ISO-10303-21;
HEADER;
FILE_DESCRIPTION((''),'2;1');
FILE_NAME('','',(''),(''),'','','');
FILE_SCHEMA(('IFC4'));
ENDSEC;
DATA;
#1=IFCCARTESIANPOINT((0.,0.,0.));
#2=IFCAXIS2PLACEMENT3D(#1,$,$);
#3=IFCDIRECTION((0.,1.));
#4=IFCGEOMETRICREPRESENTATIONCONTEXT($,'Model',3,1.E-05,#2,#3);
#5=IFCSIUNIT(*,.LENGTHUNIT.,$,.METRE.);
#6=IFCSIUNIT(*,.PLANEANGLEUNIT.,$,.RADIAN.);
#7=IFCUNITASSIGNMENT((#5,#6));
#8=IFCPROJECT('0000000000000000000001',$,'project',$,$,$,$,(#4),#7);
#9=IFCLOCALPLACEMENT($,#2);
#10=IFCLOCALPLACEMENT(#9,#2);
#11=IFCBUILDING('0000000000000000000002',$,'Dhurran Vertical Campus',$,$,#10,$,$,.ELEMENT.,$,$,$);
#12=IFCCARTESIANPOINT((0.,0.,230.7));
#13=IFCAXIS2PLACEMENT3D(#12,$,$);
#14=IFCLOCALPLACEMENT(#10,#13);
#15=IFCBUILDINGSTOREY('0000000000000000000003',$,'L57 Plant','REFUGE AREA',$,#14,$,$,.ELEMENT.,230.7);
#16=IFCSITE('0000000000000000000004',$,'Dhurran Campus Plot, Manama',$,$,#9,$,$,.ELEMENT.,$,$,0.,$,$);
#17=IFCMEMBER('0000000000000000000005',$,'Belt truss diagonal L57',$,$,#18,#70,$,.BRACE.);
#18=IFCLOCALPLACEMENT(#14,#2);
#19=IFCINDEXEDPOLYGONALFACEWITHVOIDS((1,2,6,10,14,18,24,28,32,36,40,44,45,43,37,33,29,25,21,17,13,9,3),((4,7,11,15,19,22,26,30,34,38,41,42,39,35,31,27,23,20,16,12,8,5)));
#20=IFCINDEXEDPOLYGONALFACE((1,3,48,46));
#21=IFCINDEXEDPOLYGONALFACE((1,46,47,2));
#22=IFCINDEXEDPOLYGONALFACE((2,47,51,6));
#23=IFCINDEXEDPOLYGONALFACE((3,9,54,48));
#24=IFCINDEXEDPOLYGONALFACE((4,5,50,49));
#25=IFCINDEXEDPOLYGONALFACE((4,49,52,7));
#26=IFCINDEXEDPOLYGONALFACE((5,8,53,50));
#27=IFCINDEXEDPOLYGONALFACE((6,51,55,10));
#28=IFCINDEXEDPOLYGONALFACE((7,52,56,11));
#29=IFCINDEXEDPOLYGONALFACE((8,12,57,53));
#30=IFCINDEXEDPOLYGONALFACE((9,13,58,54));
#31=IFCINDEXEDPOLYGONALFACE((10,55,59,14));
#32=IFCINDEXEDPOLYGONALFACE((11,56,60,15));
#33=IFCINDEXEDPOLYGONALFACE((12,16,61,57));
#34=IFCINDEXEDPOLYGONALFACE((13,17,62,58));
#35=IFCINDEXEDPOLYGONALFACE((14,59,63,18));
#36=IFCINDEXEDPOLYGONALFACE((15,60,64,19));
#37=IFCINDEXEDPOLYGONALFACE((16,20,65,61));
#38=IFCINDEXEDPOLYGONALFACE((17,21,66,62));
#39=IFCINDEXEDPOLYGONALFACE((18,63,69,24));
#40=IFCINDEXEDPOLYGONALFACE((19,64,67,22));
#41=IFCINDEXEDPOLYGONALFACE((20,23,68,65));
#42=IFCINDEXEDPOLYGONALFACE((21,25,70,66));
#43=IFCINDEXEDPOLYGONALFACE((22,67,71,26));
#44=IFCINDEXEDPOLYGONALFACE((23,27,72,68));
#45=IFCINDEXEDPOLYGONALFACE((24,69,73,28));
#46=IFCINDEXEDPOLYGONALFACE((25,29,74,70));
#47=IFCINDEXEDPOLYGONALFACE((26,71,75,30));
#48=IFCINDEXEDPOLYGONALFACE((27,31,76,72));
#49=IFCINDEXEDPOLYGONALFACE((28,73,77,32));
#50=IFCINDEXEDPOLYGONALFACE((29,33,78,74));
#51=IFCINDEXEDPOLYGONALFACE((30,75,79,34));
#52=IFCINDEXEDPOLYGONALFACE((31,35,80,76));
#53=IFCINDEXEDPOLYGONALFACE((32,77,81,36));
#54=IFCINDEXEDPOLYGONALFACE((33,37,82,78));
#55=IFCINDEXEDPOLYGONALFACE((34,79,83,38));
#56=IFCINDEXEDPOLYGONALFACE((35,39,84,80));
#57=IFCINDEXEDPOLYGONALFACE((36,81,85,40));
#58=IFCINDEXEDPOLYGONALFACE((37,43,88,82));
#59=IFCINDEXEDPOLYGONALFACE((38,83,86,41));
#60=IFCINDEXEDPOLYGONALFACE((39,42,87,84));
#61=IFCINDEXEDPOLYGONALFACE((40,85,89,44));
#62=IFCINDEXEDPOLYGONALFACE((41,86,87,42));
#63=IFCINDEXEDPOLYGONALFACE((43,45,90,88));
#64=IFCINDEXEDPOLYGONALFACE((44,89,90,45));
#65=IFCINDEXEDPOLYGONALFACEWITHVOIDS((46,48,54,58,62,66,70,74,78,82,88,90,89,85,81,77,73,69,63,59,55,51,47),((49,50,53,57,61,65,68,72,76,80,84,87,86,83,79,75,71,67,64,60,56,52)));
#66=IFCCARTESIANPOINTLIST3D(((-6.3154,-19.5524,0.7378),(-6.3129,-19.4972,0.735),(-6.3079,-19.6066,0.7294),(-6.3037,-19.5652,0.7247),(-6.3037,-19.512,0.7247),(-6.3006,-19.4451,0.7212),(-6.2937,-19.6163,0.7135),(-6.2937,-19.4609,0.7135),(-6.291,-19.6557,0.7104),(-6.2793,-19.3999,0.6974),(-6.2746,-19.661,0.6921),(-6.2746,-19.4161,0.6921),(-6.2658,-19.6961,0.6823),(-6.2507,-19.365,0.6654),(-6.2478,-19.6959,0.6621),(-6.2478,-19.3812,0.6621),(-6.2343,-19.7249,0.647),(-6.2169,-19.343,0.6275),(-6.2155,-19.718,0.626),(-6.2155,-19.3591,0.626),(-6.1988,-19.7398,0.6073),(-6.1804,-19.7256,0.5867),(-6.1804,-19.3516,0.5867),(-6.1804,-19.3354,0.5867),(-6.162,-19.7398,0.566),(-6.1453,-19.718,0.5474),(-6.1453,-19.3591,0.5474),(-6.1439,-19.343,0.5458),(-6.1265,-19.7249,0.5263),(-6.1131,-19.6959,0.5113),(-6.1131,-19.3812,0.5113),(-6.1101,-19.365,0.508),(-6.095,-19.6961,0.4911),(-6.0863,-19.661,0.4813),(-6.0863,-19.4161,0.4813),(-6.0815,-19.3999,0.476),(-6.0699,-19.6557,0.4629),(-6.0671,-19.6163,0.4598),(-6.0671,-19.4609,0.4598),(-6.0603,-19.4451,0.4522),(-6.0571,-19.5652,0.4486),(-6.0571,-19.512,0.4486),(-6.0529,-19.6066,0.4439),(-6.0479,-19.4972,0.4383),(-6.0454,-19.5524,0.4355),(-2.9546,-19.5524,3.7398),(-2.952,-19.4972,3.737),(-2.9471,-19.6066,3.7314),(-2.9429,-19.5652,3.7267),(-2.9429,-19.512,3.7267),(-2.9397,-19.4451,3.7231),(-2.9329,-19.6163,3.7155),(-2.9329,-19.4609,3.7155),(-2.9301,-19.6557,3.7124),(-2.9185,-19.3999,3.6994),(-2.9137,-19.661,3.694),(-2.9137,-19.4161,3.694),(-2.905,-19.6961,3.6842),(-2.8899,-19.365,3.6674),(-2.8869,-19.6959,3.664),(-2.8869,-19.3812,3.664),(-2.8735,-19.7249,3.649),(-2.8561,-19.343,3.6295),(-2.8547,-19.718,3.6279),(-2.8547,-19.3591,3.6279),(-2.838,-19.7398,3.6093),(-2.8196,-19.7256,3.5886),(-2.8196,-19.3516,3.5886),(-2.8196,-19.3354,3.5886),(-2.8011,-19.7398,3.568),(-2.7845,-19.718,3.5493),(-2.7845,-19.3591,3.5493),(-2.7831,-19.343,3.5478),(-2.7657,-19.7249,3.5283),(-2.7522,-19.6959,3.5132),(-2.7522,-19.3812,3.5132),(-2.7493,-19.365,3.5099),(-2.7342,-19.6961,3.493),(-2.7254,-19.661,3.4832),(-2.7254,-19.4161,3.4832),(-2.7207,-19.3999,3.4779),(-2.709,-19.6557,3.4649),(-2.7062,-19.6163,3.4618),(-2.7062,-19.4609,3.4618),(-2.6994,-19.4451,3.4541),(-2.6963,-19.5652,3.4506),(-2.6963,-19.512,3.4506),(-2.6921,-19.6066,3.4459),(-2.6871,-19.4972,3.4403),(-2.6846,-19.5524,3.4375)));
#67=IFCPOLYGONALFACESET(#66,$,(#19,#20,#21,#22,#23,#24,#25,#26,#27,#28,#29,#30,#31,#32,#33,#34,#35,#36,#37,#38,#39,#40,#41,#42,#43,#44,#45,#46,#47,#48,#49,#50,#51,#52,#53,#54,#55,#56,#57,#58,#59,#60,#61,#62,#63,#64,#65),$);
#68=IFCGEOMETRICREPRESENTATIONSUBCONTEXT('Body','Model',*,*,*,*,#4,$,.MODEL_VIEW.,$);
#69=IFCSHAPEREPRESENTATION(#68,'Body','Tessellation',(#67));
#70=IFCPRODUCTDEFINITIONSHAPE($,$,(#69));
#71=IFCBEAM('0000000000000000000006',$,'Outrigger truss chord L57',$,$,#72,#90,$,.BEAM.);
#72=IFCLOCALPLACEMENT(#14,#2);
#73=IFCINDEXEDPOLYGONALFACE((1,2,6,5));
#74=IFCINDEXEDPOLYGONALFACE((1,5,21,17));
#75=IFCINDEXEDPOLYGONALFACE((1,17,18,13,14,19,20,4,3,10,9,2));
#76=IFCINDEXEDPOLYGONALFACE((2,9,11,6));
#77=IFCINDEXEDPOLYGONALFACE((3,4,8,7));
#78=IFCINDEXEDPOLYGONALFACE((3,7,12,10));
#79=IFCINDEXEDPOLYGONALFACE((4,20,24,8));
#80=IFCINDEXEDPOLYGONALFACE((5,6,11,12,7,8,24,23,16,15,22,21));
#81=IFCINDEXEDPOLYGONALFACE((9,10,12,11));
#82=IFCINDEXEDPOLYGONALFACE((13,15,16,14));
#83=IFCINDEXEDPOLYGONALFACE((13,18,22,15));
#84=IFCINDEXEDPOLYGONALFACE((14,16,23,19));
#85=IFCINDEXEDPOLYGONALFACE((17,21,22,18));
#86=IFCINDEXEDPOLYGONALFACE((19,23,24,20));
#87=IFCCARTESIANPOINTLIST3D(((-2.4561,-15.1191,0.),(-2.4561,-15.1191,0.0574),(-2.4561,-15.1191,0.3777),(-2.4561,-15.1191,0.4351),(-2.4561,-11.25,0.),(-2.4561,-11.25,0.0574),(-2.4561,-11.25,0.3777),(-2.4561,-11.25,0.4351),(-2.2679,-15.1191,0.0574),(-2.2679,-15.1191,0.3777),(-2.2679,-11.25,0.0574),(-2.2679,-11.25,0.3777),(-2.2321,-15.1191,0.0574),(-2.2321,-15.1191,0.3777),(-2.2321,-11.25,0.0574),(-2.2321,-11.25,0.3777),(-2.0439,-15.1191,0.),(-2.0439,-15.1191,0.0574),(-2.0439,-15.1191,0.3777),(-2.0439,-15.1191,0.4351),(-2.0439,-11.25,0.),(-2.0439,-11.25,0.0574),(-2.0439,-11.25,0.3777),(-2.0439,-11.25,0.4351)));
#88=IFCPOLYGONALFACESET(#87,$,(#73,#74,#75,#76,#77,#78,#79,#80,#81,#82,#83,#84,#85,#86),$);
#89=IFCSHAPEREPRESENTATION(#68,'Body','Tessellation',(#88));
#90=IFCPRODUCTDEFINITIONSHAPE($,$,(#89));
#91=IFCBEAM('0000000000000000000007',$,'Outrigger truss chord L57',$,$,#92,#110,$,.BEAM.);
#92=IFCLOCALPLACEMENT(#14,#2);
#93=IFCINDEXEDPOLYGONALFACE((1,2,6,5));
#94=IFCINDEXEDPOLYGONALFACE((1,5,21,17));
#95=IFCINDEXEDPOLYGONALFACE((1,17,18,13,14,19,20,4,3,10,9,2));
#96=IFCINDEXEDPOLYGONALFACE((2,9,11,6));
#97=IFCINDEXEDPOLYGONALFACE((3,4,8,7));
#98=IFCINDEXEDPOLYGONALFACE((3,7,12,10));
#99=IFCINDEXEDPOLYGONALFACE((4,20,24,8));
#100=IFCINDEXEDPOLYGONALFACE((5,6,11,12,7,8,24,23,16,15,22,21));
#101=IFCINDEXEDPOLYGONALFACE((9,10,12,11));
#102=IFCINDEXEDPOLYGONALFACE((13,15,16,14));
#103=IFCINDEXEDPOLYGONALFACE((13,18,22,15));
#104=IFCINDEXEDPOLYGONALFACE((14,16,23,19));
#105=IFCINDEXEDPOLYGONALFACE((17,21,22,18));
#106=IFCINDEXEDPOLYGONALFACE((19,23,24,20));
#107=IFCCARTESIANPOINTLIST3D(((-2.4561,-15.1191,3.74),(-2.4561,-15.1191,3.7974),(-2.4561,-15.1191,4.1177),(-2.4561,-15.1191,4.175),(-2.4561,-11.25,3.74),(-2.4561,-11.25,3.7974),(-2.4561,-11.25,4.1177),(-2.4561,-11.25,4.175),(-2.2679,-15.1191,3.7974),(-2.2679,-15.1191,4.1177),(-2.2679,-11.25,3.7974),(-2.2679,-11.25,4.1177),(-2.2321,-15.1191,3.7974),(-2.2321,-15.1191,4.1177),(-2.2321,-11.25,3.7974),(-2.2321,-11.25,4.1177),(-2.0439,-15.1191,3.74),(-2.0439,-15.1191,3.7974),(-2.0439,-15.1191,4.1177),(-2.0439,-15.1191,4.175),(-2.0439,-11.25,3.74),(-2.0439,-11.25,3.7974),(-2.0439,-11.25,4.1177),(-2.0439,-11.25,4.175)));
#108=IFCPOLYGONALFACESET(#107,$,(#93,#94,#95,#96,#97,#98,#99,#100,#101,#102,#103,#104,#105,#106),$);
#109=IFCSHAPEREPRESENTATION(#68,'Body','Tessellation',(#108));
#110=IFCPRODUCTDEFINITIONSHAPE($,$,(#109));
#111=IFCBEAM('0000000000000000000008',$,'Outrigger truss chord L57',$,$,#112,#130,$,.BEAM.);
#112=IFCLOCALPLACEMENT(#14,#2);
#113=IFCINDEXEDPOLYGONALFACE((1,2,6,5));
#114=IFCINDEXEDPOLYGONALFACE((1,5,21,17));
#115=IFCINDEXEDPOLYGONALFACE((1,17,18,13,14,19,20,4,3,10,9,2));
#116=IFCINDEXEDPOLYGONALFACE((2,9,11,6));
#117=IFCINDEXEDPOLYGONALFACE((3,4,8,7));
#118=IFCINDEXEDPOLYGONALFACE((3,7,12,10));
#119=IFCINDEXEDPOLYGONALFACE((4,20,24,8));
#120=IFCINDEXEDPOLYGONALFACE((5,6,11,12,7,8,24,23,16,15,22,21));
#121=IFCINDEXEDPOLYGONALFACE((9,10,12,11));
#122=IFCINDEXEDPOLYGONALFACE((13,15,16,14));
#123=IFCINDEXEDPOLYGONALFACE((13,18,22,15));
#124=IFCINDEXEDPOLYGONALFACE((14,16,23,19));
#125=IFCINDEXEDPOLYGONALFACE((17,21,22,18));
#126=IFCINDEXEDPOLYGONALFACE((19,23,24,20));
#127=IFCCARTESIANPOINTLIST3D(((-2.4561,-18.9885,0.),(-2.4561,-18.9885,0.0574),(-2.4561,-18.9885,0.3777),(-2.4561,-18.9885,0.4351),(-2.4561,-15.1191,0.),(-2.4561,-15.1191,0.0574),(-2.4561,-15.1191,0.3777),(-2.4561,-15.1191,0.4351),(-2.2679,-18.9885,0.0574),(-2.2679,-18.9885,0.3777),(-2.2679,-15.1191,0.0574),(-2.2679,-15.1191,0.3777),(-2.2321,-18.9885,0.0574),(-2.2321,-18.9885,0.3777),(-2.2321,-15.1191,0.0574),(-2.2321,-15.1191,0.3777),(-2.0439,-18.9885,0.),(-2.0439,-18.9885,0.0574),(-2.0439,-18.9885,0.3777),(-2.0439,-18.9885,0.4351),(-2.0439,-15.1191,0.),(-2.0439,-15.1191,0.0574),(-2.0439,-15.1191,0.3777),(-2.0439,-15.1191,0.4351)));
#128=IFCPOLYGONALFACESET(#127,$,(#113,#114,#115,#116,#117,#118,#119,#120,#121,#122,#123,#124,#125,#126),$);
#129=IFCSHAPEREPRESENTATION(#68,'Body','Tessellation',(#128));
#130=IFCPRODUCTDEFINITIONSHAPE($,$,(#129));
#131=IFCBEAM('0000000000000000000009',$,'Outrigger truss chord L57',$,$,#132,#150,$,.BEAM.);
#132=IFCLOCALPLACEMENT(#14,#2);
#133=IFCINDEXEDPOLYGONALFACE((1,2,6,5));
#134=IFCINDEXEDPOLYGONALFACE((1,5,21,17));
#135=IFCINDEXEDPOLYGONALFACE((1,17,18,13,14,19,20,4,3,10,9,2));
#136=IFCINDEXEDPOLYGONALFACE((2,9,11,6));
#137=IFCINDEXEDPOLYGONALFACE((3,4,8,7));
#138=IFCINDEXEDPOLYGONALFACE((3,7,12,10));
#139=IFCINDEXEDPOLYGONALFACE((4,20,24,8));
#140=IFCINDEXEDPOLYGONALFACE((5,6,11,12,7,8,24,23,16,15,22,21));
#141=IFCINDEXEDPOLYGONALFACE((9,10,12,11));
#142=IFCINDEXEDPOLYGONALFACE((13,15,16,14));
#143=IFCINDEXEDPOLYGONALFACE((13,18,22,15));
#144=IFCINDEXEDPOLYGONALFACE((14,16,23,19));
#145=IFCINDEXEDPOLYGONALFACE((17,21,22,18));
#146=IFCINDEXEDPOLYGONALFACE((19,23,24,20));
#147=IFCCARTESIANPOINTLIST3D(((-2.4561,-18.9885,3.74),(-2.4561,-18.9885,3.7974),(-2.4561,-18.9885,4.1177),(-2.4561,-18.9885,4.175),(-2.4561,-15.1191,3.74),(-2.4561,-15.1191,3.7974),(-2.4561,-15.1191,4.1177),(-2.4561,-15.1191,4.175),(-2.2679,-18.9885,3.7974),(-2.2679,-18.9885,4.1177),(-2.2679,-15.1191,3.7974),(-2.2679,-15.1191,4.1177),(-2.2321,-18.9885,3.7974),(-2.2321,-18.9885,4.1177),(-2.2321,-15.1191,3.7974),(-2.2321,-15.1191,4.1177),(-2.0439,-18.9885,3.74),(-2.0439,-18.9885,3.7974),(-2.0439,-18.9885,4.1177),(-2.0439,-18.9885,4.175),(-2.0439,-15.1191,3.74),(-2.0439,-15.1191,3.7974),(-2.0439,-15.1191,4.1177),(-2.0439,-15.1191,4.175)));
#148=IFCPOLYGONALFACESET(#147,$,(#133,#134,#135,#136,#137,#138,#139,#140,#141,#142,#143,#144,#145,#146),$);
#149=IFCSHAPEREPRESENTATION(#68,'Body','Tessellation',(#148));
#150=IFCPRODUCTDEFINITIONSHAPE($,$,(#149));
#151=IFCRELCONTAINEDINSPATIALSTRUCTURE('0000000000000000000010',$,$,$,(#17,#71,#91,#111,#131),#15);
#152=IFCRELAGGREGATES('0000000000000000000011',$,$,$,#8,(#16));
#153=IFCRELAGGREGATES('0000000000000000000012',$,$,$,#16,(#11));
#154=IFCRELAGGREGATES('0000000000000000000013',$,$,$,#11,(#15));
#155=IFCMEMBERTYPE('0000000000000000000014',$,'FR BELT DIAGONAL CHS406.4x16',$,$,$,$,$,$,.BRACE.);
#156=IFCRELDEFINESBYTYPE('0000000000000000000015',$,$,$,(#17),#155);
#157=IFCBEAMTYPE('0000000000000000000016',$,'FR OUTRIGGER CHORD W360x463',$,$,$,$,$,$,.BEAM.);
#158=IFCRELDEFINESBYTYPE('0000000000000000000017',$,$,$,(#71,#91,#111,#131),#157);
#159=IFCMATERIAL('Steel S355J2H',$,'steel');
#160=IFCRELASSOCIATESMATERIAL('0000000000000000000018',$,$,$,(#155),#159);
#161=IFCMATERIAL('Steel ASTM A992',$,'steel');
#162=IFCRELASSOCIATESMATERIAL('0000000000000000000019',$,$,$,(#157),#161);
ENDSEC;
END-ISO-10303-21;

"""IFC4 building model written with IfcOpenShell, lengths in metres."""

from ifc_helpers import new_model, si_unit, direction, frame, origin, origin_2d, place, context, subcontext, project, spatial, hollow_circle, i_section, extrude, material, material_profile, profile_set, type_object, element, save


model = new_model("IFC4")

# Units and contexts
model_context = context("Model", 3, precision=1e-05, world=origin(), true_north=direction((0.0, 1.0)))
body_context = subcontext(model_context, "Body", "Model", "MODEL_VIEW")
ifc_project = project(units=[si_unit("LENGTHUNIT", "METRE"), si_unit("PLANEANGLEUNIT", "RADIAN")], contexts=[model_context])

# Site, building, storey
site_placement = place(None, origin())
site = spatial("IfcSite", under=ifc_project, at=site_placement, Name="Dhurran Campus Plot, Manama", CompositionType="ELEMENT", RefElevation=0.0)
building_placement = place(site_placement, origin())
building = spatial("IfcBuilding", under=site, at=building_placement, Name="Dhurran Vertical Campus", CompositionType="ELEMENT")
storey_placement = place(building_placement, frame((0.0, 0.0, 230.7)))
storey = spatial("IfcBuildingStorey", under=building, at=storey_placement, Name="L57 Plant", Description="REFUGE AREA", CompositionType="ELEMENT", Elevation=230.7)

# Member
ifc_material_1 = material(Name="Steel S355J2H", Category="steel")
ifc_material_profile_1 = material_profile(ifc_material_1, hollow_circle(Radius=0.2031, WallThickness=0.0161, at=origin_2d()), Name="CHS406.4x16")
ifc_profile_set_1 = profile_set([ifc_material_profile_1], Name="Steel S355J2H")
member_type_1 = type_object("IfcMemberType", Name="FR BELT DIAGONAL CHS406.4x16", PredefinedType="BRACE", material=ifc_profile_set_1)
for number, where, z_axis, x_axis, name in (
    (1, (-6.1804, -19.5386, 0.5867), (0.745805, 0.0, 0.666164), (0.0, 1.0, 0.0), "Belt truss diagonal L57"),
):
    element("IfcMember", number, at=place(storey_placement, frame(where, z_axis=z_axis, x_axis=x_axis)), inside=storey, type_object=member_type_1, Name=name, PredefinedType="BRACE", context=body_context, shape_type="SweptSolid", body=[
        extrude(hollow_circle(Radius=0.2031, WallThickness=0.0161, at=origin_2d()), origin(), (0.0, 0.0, 1.0), 4.5063),
    ])

# Beams
ifc_material_2 = material(Name="Steel ASTM A992", Category="steel")
ifc_material_profile_2 = material_profile(ifc_material_2, i_section(OverallWidth=0.4121, OverallDepth=0.4351, WebThickness=0.0359, FlangeThickness=0.0574, at=origin_2d()), Name="W360x463")
ifc_profile_set_2 = profile_set([ifc_material_profile_2], Name="Steel ASTM A992")
beam_type_1 = type_object("IfcBeamType", Name="FR OUTRIGGER CHORD W360x463", PredefinedType="BEAM", material=ifc_profile_set_2)
for number, where, z_axis, x_axis, name in (
    (2, (-2.25, -11.25, 0.2175), (0.0, -1.0, 0.0), (1.0, 0.0, 0.0), "Outrigger truss chord L57"),
    (3, (-2.25, -11.25, 3.9575), (0.0, -1.0, 0.0), (1.0, 0.0, 0.0), "Outrigger truss chord L57"),
):
    element("IfcBeam", number, at=place(storey_placement, frame(where, z_axis=z_axis, x_axis=x_axis)), inside=storey, type_object=beam_type_1, Name=name, PredefinedType="BEAM", context=body_context, shape_type="SweptSolid", body=[
        extrude(i_section(OverallWidth=0.4121, OverallDepth=0.4351, WebThickness=0.0359, FlangeThickness=0.0574, at=origin_2d()), origin(), (0.0, 0.0, 1.0), 3.8691),
    ])
for number, where, z_axis, x_axis, name in (
    (4, (-2.25, -15.1191, 0.2175), (0.0, -1.0, 0.0), (1.0, 0.0, 0.0), "Outrigger truss chord L57"),
    (5, (-2.25, -15.1191, 3.9575), (0.0, -1.0, 0.0), (1.0, 0.0, 0.0), "Outrigger truss chord L57"),
):
    element("IfcBeam", number, at=place(storey_placement, frame(where, z_axis=z_axis, x_axis=x_axis)), inside=storey, type_object=beam_type_1, Name=name, PredefinedType="BEAM", context=body_context, shape_type="SweptSolid", body=[
        extrude(i_section(OverallWidth=0.4121, OverallDepth=0.4351, WebThickness=0.0359, FlangeThickness=0.0574, at=origin_2d()), origin(), (0.0, 0.0, 1.0), 3.8694),
    ])

save(model, "model.ifc")
